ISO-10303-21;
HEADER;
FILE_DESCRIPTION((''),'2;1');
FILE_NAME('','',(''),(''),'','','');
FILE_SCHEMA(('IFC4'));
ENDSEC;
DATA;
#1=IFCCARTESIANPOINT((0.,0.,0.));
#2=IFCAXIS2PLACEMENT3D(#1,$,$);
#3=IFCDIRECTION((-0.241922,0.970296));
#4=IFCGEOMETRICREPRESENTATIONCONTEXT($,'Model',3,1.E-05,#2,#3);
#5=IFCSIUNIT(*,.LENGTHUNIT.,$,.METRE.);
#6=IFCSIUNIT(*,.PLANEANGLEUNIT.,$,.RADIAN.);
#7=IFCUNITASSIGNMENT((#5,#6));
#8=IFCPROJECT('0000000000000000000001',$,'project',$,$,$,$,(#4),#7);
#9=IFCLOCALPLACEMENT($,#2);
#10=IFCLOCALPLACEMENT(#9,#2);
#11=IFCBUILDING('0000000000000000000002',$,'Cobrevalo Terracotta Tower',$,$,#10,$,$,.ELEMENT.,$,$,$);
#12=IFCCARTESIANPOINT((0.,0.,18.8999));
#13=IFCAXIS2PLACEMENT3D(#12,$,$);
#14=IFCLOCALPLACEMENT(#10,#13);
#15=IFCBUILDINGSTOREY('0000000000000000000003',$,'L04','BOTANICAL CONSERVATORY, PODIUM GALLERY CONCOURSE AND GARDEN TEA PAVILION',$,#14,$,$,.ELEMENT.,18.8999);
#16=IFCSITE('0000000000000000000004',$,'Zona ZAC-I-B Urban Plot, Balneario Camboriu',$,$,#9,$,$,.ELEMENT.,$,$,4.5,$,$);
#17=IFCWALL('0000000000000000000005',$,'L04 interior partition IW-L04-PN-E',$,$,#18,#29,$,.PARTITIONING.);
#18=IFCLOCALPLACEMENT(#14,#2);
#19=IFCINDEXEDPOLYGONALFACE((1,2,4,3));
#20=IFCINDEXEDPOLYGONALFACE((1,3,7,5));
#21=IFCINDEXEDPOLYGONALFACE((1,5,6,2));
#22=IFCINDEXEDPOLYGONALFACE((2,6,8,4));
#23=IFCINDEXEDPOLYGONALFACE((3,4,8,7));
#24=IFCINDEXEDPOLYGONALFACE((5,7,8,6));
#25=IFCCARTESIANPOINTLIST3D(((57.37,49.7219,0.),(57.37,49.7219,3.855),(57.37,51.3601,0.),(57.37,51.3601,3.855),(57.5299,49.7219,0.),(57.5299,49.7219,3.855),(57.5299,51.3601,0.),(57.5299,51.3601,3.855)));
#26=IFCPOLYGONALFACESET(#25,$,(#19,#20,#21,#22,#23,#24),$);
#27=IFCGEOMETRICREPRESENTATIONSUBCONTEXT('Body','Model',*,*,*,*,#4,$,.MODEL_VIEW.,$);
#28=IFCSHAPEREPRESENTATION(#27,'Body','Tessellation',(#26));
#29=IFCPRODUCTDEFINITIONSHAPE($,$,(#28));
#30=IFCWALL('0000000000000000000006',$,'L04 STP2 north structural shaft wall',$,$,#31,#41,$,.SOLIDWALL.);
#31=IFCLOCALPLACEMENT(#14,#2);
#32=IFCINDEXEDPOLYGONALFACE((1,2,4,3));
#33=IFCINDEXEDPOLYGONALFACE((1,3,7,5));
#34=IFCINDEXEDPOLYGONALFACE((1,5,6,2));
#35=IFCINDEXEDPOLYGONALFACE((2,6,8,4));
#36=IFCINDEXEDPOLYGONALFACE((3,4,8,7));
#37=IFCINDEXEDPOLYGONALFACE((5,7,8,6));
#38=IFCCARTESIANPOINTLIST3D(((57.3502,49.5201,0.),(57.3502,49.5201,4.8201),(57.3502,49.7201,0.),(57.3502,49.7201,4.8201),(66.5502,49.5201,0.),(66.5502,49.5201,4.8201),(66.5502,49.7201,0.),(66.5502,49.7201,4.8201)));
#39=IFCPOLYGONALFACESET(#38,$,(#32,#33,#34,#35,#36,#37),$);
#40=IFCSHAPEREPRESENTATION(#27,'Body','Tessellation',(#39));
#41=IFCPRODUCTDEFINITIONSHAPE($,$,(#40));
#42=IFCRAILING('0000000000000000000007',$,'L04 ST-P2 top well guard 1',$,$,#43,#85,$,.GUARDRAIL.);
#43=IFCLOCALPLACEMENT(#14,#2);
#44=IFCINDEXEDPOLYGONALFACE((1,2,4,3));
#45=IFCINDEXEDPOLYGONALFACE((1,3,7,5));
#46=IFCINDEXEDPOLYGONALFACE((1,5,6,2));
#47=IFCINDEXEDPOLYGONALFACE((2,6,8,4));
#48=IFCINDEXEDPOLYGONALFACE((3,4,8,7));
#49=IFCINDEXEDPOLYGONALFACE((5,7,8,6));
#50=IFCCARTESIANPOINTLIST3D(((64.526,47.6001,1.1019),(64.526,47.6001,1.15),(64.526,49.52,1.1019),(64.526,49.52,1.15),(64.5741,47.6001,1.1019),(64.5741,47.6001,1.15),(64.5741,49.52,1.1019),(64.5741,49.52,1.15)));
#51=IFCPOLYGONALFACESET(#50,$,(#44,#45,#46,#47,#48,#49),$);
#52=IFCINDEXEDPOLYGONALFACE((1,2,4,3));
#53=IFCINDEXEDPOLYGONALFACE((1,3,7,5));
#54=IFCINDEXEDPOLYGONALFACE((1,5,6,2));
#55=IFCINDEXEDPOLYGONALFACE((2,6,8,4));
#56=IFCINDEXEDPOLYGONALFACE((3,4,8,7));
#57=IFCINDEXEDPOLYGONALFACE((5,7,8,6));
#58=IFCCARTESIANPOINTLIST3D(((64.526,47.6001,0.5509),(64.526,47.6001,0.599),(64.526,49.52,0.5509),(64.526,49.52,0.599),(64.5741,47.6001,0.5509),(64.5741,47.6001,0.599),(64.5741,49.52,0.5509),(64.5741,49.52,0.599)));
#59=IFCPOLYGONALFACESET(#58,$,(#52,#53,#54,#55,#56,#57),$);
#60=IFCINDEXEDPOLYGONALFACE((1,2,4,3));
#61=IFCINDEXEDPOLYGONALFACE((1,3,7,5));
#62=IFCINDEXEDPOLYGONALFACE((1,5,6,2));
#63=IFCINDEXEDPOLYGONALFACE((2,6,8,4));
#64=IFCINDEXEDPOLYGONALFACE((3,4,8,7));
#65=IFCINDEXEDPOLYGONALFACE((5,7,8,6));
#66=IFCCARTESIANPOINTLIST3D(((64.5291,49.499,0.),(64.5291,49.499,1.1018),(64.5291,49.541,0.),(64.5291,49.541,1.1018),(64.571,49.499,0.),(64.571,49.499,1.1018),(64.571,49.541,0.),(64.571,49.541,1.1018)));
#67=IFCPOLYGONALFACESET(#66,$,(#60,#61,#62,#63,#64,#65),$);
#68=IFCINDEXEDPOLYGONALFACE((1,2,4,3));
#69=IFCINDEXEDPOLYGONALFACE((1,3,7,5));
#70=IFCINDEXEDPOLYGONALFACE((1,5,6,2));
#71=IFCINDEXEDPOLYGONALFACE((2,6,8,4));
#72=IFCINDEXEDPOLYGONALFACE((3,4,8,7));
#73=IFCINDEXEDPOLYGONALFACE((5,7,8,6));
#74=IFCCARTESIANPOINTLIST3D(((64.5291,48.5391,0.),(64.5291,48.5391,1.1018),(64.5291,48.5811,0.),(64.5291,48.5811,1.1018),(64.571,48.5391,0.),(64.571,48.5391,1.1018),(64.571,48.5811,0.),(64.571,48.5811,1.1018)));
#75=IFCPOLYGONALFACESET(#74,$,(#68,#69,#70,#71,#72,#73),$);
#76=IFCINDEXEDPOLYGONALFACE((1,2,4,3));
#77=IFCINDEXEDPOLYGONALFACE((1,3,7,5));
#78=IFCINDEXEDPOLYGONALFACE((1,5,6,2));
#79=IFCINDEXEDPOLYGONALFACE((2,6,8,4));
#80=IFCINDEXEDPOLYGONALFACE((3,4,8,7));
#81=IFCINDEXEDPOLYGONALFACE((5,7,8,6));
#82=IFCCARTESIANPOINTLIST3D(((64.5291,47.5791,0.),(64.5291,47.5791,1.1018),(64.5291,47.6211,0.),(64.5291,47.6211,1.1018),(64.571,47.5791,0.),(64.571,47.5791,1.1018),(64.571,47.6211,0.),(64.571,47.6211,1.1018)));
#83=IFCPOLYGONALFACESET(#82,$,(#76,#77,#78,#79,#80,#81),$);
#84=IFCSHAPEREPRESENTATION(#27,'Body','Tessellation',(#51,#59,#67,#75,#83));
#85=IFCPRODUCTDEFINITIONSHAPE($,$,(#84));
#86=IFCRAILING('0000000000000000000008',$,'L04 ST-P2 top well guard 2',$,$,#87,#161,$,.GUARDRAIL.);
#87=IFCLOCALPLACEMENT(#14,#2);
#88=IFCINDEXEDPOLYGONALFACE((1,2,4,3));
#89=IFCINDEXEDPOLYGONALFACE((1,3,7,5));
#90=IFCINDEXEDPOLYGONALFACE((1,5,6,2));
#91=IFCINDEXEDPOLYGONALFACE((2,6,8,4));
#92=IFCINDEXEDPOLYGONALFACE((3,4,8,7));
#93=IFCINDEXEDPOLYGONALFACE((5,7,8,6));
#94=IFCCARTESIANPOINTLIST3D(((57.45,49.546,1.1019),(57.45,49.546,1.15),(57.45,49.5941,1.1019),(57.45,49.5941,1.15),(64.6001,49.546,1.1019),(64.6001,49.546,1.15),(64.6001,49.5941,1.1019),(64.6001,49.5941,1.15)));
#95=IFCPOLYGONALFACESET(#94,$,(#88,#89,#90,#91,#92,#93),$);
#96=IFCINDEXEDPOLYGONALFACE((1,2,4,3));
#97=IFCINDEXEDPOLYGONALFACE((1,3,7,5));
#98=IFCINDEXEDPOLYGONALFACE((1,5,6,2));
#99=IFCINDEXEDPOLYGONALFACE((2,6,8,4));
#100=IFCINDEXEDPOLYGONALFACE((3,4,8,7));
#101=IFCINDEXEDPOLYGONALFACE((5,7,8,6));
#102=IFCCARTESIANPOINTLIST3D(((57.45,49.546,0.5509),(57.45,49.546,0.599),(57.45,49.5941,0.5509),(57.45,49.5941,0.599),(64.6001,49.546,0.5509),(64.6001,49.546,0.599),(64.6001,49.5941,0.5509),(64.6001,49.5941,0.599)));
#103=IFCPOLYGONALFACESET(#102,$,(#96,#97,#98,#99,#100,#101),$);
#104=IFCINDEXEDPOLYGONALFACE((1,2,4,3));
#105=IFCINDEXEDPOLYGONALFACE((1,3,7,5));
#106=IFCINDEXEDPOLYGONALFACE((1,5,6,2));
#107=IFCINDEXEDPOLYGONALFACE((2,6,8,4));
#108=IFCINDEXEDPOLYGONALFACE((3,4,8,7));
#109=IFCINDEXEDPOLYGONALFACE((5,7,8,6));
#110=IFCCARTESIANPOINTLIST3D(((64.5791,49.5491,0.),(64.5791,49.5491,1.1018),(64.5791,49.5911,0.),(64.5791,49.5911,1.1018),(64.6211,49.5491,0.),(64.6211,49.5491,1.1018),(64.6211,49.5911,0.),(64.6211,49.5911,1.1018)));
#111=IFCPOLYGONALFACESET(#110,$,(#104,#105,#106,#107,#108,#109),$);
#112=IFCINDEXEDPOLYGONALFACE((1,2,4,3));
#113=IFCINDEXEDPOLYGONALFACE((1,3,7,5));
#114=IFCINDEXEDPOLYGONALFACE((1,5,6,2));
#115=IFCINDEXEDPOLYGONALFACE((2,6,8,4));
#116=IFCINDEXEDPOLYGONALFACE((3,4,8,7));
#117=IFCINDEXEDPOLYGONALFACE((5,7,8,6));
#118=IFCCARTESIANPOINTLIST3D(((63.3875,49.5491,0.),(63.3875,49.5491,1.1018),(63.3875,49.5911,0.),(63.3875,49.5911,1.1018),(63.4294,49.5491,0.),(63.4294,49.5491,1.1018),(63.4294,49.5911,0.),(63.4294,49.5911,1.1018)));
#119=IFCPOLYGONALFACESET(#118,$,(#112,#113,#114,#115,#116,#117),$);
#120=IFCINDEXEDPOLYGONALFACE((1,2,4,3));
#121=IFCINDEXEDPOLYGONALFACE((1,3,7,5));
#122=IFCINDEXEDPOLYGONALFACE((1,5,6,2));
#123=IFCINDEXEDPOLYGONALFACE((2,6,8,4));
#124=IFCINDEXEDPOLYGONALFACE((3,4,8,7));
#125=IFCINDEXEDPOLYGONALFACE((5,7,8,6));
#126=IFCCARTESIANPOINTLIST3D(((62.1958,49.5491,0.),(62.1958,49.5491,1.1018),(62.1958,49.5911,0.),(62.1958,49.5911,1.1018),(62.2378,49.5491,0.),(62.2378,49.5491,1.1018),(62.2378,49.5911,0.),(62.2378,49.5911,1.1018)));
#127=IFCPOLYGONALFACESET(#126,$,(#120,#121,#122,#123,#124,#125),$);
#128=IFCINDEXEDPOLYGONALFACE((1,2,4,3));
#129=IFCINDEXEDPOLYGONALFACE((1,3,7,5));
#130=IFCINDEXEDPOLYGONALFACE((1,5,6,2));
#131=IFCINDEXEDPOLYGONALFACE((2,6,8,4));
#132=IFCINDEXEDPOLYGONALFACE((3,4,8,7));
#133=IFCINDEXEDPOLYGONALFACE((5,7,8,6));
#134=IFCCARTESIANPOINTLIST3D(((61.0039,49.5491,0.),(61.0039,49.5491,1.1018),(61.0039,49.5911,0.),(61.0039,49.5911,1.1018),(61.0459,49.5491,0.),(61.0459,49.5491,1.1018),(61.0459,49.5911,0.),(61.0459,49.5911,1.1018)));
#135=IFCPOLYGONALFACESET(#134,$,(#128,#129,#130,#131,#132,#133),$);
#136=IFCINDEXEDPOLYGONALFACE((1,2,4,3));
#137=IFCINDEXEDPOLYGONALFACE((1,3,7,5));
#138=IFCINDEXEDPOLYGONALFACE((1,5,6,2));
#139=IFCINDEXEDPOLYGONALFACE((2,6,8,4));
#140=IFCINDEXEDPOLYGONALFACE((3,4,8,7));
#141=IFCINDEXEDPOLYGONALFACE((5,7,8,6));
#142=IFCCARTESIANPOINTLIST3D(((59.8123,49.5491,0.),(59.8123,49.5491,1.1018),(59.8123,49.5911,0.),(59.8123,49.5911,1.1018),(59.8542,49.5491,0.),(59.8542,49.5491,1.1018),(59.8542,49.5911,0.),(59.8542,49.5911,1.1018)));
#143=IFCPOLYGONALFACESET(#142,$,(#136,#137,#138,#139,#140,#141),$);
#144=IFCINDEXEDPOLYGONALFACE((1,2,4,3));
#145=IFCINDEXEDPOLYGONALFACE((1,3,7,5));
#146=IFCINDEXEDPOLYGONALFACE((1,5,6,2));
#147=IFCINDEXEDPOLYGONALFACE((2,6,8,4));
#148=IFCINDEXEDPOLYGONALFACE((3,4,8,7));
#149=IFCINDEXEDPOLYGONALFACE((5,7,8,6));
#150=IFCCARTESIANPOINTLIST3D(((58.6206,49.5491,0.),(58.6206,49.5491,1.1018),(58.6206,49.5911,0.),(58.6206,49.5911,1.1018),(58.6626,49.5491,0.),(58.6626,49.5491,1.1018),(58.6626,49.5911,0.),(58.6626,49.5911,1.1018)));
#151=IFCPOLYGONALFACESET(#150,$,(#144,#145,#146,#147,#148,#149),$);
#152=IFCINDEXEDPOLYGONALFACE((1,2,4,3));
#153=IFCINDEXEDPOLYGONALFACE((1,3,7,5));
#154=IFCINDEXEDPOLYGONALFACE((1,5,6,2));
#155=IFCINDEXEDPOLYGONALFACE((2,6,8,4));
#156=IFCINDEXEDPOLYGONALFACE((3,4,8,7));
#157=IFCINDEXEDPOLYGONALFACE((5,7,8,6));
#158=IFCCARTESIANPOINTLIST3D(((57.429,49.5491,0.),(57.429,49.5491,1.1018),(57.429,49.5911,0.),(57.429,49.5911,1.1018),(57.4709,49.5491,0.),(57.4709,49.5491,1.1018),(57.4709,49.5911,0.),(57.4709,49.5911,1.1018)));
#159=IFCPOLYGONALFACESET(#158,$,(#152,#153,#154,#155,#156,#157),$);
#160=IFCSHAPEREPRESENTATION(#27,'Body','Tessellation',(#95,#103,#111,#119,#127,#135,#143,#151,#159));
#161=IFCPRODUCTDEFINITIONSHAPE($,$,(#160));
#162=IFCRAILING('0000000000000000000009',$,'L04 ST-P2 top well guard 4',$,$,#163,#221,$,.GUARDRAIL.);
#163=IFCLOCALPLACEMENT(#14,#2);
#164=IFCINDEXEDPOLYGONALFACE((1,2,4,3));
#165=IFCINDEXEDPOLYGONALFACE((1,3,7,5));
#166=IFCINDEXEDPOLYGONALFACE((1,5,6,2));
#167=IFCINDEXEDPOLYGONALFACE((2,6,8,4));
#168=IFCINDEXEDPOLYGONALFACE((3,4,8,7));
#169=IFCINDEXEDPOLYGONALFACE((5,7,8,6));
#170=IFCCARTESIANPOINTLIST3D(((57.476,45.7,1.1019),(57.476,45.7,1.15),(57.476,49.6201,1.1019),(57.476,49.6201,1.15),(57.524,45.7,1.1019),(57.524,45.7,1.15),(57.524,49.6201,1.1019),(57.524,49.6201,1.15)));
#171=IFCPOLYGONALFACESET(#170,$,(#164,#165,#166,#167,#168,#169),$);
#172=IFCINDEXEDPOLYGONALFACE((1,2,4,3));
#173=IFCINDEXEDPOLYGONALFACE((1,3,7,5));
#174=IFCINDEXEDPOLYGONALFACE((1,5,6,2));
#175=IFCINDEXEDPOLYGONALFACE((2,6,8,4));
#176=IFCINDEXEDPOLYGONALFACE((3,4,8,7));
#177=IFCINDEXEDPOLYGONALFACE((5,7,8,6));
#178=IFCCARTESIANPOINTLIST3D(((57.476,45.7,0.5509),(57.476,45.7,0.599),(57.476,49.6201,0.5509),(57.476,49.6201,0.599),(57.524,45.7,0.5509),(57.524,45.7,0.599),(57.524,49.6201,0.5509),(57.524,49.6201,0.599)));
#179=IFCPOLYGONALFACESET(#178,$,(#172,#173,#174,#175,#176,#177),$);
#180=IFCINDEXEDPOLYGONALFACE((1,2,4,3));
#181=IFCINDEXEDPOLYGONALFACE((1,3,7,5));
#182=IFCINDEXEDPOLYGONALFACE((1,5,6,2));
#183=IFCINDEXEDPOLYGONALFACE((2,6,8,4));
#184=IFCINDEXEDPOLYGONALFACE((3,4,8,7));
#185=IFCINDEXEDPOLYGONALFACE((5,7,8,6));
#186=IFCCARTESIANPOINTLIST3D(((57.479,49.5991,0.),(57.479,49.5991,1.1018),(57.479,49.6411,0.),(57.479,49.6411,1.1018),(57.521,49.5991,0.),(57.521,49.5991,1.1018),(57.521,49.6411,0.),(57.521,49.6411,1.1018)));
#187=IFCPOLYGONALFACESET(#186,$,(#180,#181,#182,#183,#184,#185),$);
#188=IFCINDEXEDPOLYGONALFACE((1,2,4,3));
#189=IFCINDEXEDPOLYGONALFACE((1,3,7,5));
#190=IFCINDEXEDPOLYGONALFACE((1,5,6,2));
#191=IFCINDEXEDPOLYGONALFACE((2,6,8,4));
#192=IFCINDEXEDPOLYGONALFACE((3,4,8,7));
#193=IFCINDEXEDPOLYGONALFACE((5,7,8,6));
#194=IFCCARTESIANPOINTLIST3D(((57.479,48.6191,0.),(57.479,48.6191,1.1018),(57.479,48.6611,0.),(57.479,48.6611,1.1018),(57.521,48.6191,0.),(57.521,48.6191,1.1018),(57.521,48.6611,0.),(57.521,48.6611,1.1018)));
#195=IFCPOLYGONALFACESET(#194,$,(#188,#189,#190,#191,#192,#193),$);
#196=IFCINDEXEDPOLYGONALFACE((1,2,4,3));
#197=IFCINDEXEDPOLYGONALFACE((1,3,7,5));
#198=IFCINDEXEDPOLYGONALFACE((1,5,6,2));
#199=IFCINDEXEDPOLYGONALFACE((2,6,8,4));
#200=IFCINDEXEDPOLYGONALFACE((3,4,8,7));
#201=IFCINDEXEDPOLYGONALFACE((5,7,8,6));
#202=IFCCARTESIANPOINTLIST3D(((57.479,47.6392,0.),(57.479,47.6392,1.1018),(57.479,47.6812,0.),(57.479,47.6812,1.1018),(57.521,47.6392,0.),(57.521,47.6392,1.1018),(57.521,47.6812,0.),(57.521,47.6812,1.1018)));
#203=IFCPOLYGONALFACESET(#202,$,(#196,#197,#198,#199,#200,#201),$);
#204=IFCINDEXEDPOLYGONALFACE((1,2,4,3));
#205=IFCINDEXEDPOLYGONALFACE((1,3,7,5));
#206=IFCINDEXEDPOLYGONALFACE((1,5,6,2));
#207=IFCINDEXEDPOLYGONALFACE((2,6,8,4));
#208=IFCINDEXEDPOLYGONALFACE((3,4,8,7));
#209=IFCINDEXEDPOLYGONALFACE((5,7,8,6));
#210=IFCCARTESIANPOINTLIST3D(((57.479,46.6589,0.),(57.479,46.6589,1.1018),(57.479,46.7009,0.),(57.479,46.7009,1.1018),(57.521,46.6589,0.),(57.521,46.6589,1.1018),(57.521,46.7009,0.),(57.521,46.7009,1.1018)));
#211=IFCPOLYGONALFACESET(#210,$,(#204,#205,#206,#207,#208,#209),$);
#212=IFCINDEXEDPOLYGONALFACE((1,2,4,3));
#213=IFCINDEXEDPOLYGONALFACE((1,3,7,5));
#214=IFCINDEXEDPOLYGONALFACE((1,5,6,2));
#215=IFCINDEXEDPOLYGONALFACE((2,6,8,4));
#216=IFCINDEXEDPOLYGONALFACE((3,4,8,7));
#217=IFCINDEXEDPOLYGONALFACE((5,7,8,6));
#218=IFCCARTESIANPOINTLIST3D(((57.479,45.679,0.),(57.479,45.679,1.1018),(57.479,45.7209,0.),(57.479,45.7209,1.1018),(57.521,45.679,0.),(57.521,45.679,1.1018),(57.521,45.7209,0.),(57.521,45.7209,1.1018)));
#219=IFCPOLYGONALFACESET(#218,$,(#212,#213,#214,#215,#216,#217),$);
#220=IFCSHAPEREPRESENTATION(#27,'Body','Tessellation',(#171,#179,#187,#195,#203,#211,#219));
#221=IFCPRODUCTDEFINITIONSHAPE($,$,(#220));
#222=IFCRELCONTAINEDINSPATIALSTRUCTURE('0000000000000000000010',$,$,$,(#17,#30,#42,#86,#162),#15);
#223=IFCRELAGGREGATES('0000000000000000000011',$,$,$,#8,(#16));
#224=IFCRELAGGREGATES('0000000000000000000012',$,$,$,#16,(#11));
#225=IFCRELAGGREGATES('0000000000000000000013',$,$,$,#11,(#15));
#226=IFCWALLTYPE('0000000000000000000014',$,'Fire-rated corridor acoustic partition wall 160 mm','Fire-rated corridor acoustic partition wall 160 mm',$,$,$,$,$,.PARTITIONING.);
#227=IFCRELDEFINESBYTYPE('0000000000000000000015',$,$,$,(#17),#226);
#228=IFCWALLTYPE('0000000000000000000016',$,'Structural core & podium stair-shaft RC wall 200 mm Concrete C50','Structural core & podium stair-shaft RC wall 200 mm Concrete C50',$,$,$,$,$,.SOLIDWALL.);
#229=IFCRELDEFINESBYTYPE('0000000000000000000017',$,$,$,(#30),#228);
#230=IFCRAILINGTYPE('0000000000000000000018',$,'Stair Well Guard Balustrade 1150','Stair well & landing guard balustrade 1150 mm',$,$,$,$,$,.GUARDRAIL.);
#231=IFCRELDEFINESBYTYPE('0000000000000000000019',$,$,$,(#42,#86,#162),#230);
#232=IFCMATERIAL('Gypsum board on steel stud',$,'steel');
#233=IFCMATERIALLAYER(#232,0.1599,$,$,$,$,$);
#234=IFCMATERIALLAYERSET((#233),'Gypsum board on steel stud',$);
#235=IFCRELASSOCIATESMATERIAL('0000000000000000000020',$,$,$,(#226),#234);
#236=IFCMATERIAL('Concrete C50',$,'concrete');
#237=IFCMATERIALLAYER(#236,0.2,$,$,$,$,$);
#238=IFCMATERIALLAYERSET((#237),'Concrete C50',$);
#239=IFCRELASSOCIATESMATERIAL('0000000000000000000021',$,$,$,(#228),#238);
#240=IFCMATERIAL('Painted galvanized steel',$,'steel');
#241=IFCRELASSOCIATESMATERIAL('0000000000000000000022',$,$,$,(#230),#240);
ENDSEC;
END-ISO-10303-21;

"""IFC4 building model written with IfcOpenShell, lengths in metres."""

from ifc_helpers import new_model, si_unit, direction, frame, frame_2d, origin, origin_2d, place, context, subcontext, project, spatial, rectangle, extrude, material, layer, layer_set, type_object, element, save


model = new_model("IFC4")

# Units and contexts
model_context = context("Model", 3, precision=1e-05, world=origin(), true_north=direction((-0.241922, 0.970296)))
body_context = subcontext(model_context, "Body", "Model", "MODEL_VIEW")
ifc_project = project(units=[si_unit("LENGTHUNIT", "METRE"), si_unit("PLANEANGLEUNIT", "RADIAN")], contexts=[model_context])

# Site, building, storey
site_placement = place(None, origin())
site = spatial("IfcSite", under=ifc_project, at=site_placement, Name="Zona ZAC-I-B Urban Plot, Balneario Camboriu", CompositionType="ELEMENT", RefElevation=4.5)
building_placement = place(site_placement, origin())
building = spatial("IfcBuilding", under=site, at=building_placement, Name="Cobrevalo Terracotta Tower", CompositionType="ELEMENT")
storey_placement = place(building_placement, frame((0.0, 0.0, 18.8999)))
storey = spatial("IfcBuildingStorey", under=building, at=storey_placement, Name="L04", Description="BOTANICAL CONSERVATORY, PODIUM GALLERY CONCOURSE AND GARDEN TEA PAVILION", CompositionType="ELEMENT", Elevation=18.8999)

# Shared definitions
ifc_material_1 = material(Name="Concrete C50", Category="concrete")

# Walls
ifc_material_2 = material(Name="Gypsum board on steel stud", Category="steel")
ifc_layer_1 = layer(ifc_material_2, 0.1599)
ifc_layer_set_1 = layer_set([ifc_layer_1], Name="Gypsum board on steel stud")
wall_type_1 = type_object("IfcWallType", Name="Fire-rated corridor acoustic partition wall 160 mm", Description="Fire-rated corridor acoustic partition wall 160 mm", PredefinedType="PARTITIONING", material=ifc_layer_set_1)
wall_1_placement = place(storey_placement, frame((57.45, 49.7219, 0.0), z_axis=(0.0, 0.0, 1.0), x_axis=(0.0, 1.0, 0.0)))
element("IfcWall", 1, at=wall_1_placement, inside=storey, type_object=wall_type_1, Name="L04 interior partition IW-L04-PN-E", PredefinedType="PARTITIONING", context=body_context, shape_type="SweptSolid", body=[
    extrude(rectangle(XDim=1.6382, YDim=0.1599, at=frame_2d((0.8191, 0.0))), origin(), (0.0, 0.0, 1.0), 3.855),
])
ifc_layer_2 = layer(ifc_material_1, 0.2)
ifc_layer_set_2 = layer_set([ifc_layer_2], Name="Concrete C50")
wall_type_2 = type_object("IfcWallType", Name="Structural core & podium stair-shaft RC wall 200 mm Concrete C50", Description="Structural core & podium stair-shaft RC wall 200 mm Concrete C50", PredefinedType="SOLIDWALL", material=ifc_layer_set_2)
wall_2_placement = place(storey_placement, frame((57.3501, 49.6201, 0.0), z_axis=(0.0, 0.0, 1.0), x_axis=(1.0, 0.0, 0.0)))
element("IfcWall", 2, at=wall_2_placement, inside=storey, type_object=wall_type_2, Name="L04 STP2 north structural shaft wall", PredefinedType="SOLIDWALL", context=body_context, shape_type="SweptSolid", body=[
    extrude(rectangle(XDim=9.2, YDim=0.2, at=frame_2d((4.6001, 0.0))), origin(), (0.0, 0.0, 1.0), 4.8201),
])

# Railings
ifc_material_3 = material(Name="Painted galvanized steel", Category="steel")
railing_type = type_object("IfcRailingType", Name="Stair Well Guard Balustrade 1150", Description="Stair well & landing guard balustrade 1150 mm", PredefinedType="GUARDRAIL", material=ifc_material_3)
railing_1_placement = place(storey_placement, frame((64.55, 49.52, 0.0)))
element("IfcRailing", 3, at=railing_1_placement, inside=storey, type_object=railing_type, Name="L04 ST-P2 top well guard 1", PredefinedType="GUARDRAIL", context=body_context, shape_type="SweptSolid", body=[
    extrude(rectangle(XDim=0.0481, YDim=0.0481, at=origin_2d()), frame((0.0, 0.0, 1.126), z_axis=(0.0, -1.0, 0.0), x_axis=(1.0, 0.0, 0.0)), (0.0, 0.0, 1.0), 1.9199),
    extrude(rectangle(XDim=0.0481, YDim=0.0481, at=origin_2d()), frame((0.0, 0.0, 0.575), z_axis=(0.0, -1.0, 0.0), x_axis=(1.0, 0.0, 0.0)), (0.0, 0.0, 1.0), 1.9199),
    extrude(rectangle(XDim=0.042, YDim=0.042, at=origin_2d()), origin(), (0.0, 0.0, 1.0), 1.1018),
    extrude(rectangle(XDim=0.042, YDim=0.042, at=origin_2d()), frame((0.0, -0.96, 0.0)), (0.0, 0.0, 1.0), 1.1018),
    extrude(rectangle(XDim=0.042, YDim=0.042, at=origin_2d()), frame((0.0, -1.9199, 0.0)), (0.0, 0.0, 1.0), 1.1018),
])
railing_2_placement = place(storey_placement, frame((64.6001, 49.5701, 0.0)))
element("IfcRailing", 4, at=railing_2_placement, inside=storey, type_object=railing_type, Name="L04 ST-P2 top well guard 2", PredefinedType="GUARDRAIL", context=body_context, shape_type="SweptSolid", body=[
    extrude(rectangle(XDim=0.0481, YDim=0.0481, at=origin_2d()), frame((0.0, 0.0, 1.126), z_axis=(-1.0, 0.0, 0.0), x_axis=(0.0, -1.0, 0.0)), (0.0, 0.0, 1.0), 7.1501),
    extrude(rectangle(XDim=0.0481, YDim=0.0481, at=origin_2d()), frame((0.0, 0.0, 0.575), z_axis=(-1.0, 0.0, 0.0), x_axis=(0.0, -1.0, 0.0)), (0.0, 0.0, 1.0), 7.1501),
    extrude(rectangle(XDim=0.042, YDim=0.042, at=origin_2d()), origin(), (0.0, 0.0, 1.0), 1.1018),
    extrude(rectangle(XDim=0.042, YDim=0.042, at=origin_2d()), frame((-1.1917, 0.0, 0.0)), (0.0, 0.0, 1.0), 1.1018),
    extrude(rectangle(XDim=0.042, YDim=0.042, at=origin_2d()), frame((-2.3833, 0.0, 0.0)), (0.0, 0.0, 1.0), 1.1018),
    extrude(rectangle(XDim=0.042, YDim=0.042, at=origin_2d()), frame((-3.5752, 0.0, 0.0)), (0.0, 0.0, 1.0), 1.1018),
    extrude(rectangle(XDim=0.042, YDim=0.042, at=origin_2d()), frame((-4.7668, 0.0, 0.0)), (0.0, 0.0, 1.0), 1.1018),
    extrude(rectangle(XDim=0.042, YDim=0.042, at=origin_2d()), frame((-5.9585, 0.0, 0.0)), (0.0, 0.0, 1.0), 1.1018),
    extrude(rectangle(XDim=0.042, YDim=0.042, at=origin_2d()), frame((-7.1501, 0.0, 0.0)), (0.0, 0.0, 1.0), 1.1018),
])
railing_3_placement = place(storey_placement, frame((57.5, 49.6201, 0.0)))
element("IfcRailing", 5, at=railing_3_placement, inside=storey, type_object=railing_type, Name="L04 ST-P2 top well guard 4", PredefinedType="GUARDRAIL", context=body_context, shape_type="SweptSolid", body=[
    extrude(rectangle(XDim=0.0481, YDim=0.0481, at=origin_2d()), frame((0.0, 0.0, 1.126), z_axis=(0.0, -1.0, 0.0), x_axis=(1.0, 0.0, 0.0)), (0.0, 0.0, 1.0), 3.9202),
    extrude(rectangle(XDim=0.0481, YDim=0.0481, at=origin_2d()), frame((0.0, 0.0, 0.575), z_axis=(0.0, -1.0, 0.0), x_axis=(1.0, 0.0, 0.0)), (0.0, 0.0, 1.0), 3.9202),
    extrude(rectangle(XDim=0.042, YDim=0.042, at=origin_2d()), origin(), (0.0, 0.0, 1.0), 1.1018),
    extrude(rectangle(XDim=0.042, YDim=0.042, at=origin_2d()), frame((0.0, -0.98, 0.0)), (0.0, 0.0, 1.0), 1.1018),
    extrude(rectangle(XDim=0.042, YDim=0.042, at=origin_2d()), frame((0.0, -1.96, 0.0)), (0.0, 0.0, 1.0), 1.1018),
    extrude(rectangle(XDim=0.042, YDim=0.042, at=origin_2d()), frame((0.0, -2.9402, 0.0)), (0.0, 0.0, 1.0), 1.1018),
    extrude(rectangle(XDim=0.042, YDim=0.042, at=origin_2d()), frame((0.0, -3.9202, 0.0)), (0.0, 0.0, 1.0), 1.1018),
])

save(model, "model.ifc")
